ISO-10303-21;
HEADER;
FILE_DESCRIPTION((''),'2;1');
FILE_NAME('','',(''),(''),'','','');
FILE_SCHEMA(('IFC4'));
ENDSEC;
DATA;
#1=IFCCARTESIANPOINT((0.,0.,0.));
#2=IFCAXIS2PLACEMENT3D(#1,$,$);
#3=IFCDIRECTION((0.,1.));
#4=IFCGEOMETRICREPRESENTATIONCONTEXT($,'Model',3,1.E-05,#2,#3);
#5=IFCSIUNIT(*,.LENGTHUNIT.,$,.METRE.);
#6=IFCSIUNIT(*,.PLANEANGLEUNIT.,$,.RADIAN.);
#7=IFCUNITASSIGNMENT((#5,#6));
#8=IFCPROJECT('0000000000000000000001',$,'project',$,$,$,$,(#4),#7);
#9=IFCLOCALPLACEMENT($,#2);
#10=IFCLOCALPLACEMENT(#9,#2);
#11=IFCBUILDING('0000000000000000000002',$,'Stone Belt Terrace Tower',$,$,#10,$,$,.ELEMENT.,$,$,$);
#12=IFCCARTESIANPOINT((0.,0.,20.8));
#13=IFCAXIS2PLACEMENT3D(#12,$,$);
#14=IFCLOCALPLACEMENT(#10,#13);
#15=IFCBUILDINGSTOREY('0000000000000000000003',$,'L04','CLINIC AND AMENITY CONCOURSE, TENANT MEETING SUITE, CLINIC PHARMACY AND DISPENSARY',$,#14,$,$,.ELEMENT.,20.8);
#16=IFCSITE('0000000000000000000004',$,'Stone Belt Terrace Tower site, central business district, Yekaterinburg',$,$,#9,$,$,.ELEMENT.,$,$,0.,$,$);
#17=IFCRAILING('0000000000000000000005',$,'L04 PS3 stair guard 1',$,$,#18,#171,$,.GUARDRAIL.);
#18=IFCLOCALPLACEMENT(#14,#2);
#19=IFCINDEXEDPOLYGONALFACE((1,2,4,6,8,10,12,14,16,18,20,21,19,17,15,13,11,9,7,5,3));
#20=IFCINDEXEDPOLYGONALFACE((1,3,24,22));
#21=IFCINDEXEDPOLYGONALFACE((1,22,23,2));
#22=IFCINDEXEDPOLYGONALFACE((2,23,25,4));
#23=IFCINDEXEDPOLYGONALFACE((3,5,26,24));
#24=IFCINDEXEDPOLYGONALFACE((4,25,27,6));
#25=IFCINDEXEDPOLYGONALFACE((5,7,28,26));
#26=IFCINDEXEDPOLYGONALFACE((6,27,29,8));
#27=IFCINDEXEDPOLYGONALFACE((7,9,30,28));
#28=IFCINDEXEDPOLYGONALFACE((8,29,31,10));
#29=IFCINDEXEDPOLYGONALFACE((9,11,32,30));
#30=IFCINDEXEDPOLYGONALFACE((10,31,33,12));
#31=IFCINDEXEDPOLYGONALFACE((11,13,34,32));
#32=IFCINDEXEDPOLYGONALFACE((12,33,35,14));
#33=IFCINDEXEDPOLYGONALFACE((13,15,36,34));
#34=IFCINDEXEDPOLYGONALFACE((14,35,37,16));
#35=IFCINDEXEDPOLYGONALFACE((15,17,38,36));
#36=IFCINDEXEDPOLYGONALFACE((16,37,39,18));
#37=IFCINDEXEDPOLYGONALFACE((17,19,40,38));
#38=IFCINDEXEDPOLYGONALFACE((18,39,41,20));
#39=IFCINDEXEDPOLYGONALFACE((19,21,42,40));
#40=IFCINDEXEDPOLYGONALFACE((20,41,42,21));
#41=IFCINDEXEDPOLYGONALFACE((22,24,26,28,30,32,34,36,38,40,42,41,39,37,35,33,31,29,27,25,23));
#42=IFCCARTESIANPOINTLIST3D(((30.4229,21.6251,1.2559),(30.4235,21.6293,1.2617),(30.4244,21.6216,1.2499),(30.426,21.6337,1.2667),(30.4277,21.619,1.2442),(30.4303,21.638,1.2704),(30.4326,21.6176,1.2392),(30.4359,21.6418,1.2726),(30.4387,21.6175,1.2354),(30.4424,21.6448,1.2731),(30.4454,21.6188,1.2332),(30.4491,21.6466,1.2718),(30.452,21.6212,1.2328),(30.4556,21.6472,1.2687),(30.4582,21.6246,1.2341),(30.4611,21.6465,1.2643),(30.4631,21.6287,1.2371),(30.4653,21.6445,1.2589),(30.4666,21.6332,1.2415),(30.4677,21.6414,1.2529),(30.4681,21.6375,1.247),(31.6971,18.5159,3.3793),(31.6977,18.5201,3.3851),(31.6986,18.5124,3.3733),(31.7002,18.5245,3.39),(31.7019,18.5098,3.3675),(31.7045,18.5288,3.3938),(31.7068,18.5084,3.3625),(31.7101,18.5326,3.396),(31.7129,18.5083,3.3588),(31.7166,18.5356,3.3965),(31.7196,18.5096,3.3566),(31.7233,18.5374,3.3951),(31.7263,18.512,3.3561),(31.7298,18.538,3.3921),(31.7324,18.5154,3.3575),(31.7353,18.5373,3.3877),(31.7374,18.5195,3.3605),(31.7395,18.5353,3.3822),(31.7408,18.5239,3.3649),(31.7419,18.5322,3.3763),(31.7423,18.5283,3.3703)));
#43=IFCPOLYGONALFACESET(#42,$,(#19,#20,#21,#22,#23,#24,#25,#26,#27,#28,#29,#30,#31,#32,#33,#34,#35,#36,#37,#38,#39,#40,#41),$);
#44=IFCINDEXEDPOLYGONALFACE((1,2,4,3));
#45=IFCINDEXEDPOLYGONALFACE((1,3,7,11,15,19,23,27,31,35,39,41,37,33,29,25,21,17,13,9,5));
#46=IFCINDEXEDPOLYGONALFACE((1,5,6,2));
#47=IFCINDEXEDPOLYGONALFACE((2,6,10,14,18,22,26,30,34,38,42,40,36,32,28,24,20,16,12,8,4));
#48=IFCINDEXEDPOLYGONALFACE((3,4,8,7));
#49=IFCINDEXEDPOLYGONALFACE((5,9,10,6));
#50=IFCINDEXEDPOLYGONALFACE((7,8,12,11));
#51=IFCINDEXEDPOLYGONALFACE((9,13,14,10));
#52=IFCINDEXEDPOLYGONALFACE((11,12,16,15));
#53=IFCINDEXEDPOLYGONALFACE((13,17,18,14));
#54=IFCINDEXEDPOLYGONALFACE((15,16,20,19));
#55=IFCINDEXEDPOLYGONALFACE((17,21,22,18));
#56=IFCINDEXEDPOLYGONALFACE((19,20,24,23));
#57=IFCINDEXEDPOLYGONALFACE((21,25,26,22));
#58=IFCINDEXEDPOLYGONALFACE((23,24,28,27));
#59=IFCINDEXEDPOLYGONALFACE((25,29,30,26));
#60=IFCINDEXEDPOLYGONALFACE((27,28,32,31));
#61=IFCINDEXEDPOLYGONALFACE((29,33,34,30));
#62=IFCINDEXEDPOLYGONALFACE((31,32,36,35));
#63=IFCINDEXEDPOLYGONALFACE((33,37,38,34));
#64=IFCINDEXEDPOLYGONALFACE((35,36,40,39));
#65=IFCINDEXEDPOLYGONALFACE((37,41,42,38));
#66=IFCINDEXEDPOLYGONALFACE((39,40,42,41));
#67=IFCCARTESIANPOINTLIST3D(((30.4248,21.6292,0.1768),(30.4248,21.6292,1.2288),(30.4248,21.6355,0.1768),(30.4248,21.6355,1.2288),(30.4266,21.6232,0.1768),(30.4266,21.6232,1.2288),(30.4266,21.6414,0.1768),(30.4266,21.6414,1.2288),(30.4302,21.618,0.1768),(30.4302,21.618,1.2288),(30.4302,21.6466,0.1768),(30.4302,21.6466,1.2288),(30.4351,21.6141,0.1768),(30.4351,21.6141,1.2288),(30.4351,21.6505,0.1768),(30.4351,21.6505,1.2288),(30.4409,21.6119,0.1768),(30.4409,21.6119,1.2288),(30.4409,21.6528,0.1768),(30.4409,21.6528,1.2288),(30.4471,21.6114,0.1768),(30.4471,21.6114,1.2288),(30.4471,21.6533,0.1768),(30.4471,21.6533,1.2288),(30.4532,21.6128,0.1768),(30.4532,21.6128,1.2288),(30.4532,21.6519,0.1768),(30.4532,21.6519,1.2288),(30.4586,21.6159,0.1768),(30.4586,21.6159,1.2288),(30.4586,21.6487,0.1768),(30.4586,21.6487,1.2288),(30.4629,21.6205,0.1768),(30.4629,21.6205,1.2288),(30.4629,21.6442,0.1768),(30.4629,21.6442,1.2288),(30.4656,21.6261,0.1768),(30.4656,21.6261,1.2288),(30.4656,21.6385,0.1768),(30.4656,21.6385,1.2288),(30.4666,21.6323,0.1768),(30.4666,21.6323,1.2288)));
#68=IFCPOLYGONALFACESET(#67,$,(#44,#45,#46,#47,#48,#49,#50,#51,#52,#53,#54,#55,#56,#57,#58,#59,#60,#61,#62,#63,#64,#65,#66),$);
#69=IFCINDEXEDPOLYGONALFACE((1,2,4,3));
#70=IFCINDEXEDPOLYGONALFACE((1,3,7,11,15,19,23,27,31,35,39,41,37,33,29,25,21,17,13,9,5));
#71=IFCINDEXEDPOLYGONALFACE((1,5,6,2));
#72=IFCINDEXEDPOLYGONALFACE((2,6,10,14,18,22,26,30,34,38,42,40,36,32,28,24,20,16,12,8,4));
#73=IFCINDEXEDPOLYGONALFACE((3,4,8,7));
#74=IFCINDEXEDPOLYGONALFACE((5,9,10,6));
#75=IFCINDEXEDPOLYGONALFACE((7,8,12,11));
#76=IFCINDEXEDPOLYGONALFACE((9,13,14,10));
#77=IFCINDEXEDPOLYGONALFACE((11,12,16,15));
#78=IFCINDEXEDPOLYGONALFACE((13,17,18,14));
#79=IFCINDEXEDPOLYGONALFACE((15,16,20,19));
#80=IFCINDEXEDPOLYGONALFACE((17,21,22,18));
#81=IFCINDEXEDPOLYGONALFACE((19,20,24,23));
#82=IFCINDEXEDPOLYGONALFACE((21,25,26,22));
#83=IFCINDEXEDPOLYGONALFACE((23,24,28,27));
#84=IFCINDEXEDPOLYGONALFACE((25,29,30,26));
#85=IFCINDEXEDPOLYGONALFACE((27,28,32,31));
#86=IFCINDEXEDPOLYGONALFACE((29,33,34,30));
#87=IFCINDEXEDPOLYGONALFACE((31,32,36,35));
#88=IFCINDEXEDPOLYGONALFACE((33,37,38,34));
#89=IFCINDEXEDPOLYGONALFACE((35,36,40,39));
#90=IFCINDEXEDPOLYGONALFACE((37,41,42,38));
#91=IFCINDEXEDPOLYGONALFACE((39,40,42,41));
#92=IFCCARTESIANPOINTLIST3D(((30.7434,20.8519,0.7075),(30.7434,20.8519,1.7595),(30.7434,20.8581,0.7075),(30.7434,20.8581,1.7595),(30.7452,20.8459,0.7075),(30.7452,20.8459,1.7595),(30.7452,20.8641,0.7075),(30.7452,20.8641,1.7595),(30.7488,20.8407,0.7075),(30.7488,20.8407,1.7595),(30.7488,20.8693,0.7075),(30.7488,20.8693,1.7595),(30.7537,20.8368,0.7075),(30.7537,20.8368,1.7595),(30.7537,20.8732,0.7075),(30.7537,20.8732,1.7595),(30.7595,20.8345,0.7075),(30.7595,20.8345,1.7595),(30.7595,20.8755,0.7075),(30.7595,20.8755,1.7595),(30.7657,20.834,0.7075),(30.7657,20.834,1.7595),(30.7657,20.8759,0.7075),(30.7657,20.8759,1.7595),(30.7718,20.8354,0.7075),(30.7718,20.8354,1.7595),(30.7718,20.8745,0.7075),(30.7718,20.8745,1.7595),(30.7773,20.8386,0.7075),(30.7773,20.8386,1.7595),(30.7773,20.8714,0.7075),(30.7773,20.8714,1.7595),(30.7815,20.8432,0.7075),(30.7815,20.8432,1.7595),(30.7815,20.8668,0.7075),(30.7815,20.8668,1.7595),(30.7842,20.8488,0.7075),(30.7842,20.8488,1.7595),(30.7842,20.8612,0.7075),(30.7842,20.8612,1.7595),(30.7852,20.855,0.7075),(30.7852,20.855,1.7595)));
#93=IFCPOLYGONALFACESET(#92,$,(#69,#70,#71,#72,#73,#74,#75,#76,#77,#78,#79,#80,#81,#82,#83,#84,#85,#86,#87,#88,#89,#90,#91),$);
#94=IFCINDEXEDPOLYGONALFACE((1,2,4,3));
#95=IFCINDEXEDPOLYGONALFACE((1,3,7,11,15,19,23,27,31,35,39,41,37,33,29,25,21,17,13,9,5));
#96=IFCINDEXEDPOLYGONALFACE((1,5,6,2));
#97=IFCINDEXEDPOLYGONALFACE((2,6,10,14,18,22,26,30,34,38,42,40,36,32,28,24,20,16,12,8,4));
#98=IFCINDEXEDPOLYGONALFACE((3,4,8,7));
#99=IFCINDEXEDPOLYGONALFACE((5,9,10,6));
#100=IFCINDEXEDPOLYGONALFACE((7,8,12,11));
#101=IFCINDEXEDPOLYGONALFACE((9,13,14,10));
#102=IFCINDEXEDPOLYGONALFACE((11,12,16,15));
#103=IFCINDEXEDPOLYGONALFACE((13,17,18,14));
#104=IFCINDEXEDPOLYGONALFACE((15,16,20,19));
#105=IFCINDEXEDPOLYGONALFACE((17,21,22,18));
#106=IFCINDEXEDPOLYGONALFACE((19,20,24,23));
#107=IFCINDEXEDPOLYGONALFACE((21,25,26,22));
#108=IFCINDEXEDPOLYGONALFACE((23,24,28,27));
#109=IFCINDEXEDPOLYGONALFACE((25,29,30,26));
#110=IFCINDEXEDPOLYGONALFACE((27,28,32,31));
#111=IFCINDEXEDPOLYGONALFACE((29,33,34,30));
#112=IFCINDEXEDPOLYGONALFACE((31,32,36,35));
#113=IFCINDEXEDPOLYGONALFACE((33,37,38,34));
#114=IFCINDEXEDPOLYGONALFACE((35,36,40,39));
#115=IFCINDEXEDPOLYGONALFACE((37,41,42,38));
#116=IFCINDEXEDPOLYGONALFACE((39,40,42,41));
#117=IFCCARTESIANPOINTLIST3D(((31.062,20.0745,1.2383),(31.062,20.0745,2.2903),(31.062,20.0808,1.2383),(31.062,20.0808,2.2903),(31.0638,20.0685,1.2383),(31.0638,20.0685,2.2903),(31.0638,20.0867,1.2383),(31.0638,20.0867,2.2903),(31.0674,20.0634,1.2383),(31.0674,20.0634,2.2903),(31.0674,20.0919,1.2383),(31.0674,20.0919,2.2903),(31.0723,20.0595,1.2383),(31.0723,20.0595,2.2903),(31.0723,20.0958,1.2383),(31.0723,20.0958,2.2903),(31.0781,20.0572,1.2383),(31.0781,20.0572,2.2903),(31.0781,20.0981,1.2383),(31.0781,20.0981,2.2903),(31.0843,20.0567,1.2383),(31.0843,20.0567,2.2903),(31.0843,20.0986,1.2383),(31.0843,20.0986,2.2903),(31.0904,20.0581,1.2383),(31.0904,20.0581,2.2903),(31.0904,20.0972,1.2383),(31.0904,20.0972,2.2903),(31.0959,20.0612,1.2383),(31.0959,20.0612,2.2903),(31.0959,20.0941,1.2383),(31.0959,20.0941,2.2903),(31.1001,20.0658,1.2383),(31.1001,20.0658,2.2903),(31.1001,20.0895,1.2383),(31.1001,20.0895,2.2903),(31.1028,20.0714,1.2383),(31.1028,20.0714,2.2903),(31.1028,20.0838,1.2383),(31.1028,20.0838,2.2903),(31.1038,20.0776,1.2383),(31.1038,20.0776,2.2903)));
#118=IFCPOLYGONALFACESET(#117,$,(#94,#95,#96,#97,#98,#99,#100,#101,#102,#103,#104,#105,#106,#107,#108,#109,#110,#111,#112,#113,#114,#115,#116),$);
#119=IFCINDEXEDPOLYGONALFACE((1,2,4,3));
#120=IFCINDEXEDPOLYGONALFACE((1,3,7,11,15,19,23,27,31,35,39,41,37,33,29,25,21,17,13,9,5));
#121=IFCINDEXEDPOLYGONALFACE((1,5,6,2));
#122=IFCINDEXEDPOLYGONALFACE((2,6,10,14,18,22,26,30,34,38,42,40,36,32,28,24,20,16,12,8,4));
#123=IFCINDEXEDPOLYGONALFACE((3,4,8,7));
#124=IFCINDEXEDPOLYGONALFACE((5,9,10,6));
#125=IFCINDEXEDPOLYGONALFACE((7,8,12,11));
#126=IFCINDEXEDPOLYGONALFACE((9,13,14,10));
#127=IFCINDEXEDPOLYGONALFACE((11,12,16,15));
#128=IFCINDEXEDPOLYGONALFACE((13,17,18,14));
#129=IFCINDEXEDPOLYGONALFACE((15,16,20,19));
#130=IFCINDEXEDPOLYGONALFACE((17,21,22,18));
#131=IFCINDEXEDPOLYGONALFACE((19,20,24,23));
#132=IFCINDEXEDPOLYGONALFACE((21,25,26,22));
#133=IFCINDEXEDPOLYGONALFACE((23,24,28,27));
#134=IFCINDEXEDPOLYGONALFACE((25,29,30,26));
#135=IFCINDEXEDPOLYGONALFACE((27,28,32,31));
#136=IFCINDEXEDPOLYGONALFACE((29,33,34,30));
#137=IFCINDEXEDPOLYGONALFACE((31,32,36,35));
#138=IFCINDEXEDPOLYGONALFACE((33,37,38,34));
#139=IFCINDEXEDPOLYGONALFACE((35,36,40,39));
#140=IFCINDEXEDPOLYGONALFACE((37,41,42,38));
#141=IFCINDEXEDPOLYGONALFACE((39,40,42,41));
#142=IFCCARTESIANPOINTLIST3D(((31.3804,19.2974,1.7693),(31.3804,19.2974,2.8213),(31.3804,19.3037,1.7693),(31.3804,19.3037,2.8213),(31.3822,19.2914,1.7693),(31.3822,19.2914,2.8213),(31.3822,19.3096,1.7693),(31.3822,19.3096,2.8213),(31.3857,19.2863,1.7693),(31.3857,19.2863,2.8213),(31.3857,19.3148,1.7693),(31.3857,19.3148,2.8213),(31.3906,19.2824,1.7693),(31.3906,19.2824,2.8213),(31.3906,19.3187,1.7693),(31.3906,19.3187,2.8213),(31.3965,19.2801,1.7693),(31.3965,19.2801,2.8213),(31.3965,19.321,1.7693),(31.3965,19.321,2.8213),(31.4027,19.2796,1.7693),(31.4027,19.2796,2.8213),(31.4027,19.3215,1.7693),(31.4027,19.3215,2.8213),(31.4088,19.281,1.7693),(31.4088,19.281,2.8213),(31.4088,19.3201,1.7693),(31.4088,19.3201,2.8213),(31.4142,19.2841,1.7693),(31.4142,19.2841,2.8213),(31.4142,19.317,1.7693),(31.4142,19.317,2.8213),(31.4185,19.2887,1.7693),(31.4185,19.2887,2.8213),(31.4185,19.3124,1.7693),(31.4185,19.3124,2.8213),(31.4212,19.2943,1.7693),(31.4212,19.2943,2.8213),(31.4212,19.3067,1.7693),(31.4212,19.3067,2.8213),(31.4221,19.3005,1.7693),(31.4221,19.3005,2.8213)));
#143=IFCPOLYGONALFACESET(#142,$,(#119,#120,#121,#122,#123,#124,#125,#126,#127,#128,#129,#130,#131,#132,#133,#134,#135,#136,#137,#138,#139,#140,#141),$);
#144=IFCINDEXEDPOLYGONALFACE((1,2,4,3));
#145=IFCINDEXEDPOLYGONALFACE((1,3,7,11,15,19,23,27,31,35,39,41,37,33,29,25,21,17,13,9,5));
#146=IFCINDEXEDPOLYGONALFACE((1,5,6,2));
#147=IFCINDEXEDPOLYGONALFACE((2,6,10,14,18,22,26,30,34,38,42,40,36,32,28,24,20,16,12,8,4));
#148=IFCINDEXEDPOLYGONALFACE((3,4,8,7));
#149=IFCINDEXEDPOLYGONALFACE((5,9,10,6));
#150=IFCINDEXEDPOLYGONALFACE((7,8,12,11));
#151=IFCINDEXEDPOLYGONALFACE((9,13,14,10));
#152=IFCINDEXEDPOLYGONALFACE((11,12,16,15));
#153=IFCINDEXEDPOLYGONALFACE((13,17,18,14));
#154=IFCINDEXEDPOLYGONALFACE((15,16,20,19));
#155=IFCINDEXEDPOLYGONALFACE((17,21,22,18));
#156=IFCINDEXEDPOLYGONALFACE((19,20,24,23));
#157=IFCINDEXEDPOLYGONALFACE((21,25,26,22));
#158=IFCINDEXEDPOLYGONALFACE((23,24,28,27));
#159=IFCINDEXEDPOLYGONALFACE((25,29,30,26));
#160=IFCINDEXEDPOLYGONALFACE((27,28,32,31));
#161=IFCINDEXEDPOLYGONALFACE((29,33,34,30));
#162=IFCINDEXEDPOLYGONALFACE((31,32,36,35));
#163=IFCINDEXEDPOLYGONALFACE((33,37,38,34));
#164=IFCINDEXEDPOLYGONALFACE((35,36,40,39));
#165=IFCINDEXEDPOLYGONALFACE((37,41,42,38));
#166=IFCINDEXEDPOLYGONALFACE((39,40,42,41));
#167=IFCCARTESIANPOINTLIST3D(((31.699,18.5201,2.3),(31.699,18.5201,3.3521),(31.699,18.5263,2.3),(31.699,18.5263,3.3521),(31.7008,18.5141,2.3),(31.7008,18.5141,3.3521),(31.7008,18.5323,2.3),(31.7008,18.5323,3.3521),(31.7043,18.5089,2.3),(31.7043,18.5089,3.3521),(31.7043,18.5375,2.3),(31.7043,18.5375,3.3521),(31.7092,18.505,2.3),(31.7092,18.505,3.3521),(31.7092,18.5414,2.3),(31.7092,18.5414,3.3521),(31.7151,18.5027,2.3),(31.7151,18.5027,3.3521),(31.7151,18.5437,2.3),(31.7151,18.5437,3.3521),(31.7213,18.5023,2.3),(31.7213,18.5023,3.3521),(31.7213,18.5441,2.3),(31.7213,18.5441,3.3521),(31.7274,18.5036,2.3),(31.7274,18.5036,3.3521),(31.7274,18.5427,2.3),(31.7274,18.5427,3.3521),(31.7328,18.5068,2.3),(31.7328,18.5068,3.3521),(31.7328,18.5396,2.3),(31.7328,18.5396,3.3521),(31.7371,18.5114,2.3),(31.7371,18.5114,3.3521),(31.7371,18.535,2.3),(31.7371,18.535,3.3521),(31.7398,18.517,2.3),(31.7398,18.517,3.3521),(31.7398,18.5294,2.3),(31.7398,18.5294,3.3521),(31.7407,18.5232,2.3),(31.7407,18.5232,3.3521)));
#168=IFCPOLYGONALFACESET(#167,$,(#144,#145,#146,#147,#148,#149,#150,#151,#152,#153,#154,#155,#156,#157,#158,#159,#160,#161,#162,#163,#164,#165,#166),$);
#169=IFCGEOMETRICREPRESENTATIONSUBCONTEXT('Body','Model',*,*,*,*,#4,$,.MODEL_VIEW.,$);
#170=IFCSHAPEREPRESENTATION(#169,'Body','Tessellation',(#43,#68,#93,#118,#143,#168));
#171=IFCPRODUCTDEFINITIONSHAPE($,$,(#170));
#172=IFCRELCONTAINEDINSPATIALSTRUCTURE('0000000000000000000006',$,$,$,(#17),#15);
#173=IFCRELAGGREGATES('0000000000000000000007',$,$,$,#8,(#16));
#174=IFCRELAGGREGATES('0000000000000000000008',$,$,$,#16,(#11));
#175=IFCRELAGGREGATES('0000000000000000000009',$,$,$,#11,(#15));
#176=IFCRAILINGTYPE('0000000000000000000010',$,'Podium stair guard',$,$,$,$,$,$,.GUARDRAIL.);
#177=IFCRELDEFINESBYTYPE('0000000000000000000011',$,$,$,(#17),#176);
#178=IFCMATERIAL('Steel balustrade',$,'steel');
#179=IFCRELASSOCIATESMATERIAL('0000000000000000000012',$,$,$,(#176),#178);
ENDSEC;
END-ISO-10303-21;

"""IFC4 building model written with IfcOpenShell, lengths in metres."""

from ifc_helpers import new_model, si_unit, direction, frame, origin, origin_2d, place, context, subcontext, project, spatial, circle, extrude, material, type_object, element, save


model = new_model("IFC4")

# Units and contexts
model_context = context("Model", 3, precision=1e-05, world=origin(), true_north=direction((0.0, 1.0)))
body_context = subcontext(model_context, "Body", "Model", "MODEL_VIEW")
ifc_project = project(units=[si_unit("LENGTHUNIT", "METRE"), si_unit("PLANEANGLEUNIT", "RADIAN")], contexts=[model_context])

# Site, building, storey
site_placement = place(None, origin())
site = spatial("IfcSite", under=ifc_project, at=site_placement, Name="Stone Belt Terrace Tower site, central business district, Yekaterinburg", CompositionType="ELEMENT", RefElevation=0.0)
building_placement = place(site_placement, origin())
building = spatial("IfcBuilding", under=site, at=building_placement, Name="Stone Belt Terrace Tower", CompositionType="ELEMENT")
storey_placement = place(building_placement, frame((0.0, 0.0, 20.8)))
storey = spatial("IfcBuildingStorey", under=building, at=storey_placement, Name="L04", Description="CLINIC AND AMENITY CONCOURSE, TENANT MEETING SUITE, CLINIC PHARMACY AND DISPENSARY", CompositionType="ELEMENT", Elevation=20.8)

# Railing
ifc_material_1 = material(Name="Steel balustrade", Category="steel")
railing_type_1 = type_object("IfcRailingType", Name="Podium stair guard", PredefinedType="GUARDRAIL", material=ifc_material_1)
railing_1_placement = place(storey_placement, frame((30.4456, 21.6323, 0.1768)))
element("IfcRailing", 1, at=railing_1_placement, inside=storey, type_object=railing_type_1, Name="L04 PS3 stair guard 1", PredefinedType="GUARDRAIL", context=body_context, shape_type="SweptSolid", body=[
    extrude(circle(Radius=0.0239, at=origin_2d()), frame((0.0, 0.0, 1.0762), z_axis=(0.320567, -0.782222, 0.534196), x_axis=(0.925312, 0.379207, 0.0)), (0.0, 0.0, 1.0), 3.9749),
    extrude(circle(Radius=0.021, at=origin_2d()), origin(), (0.0, 0.0, 1.0), 1.052),
    extrude(circle(Radius=0.021, at=origin_2d()), frame((0.3186, -0.7773, 0.5308)), (0.0, 0.0, 1.0), 1.052),
    extrude(circle(Radius=0.021, at=origin_2d()), frame((0.6372, -1.5547, 1.0615)), (0.0, 0.0, 1.0), 1.052),
    extrude(circle(Radius=0.021, at=origin_2d()), frame((0.9556, -2.3318, 1.5925)), (0.0, 0.0, 1.0), 1.052),
    extrude(circle(Radius=0.021, at=origin_2d()), frame((1.2742, -3.1091, 2.1233)), (0.0, 0.0, 1.0), 1.052),
])

save(model, "model.ifc")
